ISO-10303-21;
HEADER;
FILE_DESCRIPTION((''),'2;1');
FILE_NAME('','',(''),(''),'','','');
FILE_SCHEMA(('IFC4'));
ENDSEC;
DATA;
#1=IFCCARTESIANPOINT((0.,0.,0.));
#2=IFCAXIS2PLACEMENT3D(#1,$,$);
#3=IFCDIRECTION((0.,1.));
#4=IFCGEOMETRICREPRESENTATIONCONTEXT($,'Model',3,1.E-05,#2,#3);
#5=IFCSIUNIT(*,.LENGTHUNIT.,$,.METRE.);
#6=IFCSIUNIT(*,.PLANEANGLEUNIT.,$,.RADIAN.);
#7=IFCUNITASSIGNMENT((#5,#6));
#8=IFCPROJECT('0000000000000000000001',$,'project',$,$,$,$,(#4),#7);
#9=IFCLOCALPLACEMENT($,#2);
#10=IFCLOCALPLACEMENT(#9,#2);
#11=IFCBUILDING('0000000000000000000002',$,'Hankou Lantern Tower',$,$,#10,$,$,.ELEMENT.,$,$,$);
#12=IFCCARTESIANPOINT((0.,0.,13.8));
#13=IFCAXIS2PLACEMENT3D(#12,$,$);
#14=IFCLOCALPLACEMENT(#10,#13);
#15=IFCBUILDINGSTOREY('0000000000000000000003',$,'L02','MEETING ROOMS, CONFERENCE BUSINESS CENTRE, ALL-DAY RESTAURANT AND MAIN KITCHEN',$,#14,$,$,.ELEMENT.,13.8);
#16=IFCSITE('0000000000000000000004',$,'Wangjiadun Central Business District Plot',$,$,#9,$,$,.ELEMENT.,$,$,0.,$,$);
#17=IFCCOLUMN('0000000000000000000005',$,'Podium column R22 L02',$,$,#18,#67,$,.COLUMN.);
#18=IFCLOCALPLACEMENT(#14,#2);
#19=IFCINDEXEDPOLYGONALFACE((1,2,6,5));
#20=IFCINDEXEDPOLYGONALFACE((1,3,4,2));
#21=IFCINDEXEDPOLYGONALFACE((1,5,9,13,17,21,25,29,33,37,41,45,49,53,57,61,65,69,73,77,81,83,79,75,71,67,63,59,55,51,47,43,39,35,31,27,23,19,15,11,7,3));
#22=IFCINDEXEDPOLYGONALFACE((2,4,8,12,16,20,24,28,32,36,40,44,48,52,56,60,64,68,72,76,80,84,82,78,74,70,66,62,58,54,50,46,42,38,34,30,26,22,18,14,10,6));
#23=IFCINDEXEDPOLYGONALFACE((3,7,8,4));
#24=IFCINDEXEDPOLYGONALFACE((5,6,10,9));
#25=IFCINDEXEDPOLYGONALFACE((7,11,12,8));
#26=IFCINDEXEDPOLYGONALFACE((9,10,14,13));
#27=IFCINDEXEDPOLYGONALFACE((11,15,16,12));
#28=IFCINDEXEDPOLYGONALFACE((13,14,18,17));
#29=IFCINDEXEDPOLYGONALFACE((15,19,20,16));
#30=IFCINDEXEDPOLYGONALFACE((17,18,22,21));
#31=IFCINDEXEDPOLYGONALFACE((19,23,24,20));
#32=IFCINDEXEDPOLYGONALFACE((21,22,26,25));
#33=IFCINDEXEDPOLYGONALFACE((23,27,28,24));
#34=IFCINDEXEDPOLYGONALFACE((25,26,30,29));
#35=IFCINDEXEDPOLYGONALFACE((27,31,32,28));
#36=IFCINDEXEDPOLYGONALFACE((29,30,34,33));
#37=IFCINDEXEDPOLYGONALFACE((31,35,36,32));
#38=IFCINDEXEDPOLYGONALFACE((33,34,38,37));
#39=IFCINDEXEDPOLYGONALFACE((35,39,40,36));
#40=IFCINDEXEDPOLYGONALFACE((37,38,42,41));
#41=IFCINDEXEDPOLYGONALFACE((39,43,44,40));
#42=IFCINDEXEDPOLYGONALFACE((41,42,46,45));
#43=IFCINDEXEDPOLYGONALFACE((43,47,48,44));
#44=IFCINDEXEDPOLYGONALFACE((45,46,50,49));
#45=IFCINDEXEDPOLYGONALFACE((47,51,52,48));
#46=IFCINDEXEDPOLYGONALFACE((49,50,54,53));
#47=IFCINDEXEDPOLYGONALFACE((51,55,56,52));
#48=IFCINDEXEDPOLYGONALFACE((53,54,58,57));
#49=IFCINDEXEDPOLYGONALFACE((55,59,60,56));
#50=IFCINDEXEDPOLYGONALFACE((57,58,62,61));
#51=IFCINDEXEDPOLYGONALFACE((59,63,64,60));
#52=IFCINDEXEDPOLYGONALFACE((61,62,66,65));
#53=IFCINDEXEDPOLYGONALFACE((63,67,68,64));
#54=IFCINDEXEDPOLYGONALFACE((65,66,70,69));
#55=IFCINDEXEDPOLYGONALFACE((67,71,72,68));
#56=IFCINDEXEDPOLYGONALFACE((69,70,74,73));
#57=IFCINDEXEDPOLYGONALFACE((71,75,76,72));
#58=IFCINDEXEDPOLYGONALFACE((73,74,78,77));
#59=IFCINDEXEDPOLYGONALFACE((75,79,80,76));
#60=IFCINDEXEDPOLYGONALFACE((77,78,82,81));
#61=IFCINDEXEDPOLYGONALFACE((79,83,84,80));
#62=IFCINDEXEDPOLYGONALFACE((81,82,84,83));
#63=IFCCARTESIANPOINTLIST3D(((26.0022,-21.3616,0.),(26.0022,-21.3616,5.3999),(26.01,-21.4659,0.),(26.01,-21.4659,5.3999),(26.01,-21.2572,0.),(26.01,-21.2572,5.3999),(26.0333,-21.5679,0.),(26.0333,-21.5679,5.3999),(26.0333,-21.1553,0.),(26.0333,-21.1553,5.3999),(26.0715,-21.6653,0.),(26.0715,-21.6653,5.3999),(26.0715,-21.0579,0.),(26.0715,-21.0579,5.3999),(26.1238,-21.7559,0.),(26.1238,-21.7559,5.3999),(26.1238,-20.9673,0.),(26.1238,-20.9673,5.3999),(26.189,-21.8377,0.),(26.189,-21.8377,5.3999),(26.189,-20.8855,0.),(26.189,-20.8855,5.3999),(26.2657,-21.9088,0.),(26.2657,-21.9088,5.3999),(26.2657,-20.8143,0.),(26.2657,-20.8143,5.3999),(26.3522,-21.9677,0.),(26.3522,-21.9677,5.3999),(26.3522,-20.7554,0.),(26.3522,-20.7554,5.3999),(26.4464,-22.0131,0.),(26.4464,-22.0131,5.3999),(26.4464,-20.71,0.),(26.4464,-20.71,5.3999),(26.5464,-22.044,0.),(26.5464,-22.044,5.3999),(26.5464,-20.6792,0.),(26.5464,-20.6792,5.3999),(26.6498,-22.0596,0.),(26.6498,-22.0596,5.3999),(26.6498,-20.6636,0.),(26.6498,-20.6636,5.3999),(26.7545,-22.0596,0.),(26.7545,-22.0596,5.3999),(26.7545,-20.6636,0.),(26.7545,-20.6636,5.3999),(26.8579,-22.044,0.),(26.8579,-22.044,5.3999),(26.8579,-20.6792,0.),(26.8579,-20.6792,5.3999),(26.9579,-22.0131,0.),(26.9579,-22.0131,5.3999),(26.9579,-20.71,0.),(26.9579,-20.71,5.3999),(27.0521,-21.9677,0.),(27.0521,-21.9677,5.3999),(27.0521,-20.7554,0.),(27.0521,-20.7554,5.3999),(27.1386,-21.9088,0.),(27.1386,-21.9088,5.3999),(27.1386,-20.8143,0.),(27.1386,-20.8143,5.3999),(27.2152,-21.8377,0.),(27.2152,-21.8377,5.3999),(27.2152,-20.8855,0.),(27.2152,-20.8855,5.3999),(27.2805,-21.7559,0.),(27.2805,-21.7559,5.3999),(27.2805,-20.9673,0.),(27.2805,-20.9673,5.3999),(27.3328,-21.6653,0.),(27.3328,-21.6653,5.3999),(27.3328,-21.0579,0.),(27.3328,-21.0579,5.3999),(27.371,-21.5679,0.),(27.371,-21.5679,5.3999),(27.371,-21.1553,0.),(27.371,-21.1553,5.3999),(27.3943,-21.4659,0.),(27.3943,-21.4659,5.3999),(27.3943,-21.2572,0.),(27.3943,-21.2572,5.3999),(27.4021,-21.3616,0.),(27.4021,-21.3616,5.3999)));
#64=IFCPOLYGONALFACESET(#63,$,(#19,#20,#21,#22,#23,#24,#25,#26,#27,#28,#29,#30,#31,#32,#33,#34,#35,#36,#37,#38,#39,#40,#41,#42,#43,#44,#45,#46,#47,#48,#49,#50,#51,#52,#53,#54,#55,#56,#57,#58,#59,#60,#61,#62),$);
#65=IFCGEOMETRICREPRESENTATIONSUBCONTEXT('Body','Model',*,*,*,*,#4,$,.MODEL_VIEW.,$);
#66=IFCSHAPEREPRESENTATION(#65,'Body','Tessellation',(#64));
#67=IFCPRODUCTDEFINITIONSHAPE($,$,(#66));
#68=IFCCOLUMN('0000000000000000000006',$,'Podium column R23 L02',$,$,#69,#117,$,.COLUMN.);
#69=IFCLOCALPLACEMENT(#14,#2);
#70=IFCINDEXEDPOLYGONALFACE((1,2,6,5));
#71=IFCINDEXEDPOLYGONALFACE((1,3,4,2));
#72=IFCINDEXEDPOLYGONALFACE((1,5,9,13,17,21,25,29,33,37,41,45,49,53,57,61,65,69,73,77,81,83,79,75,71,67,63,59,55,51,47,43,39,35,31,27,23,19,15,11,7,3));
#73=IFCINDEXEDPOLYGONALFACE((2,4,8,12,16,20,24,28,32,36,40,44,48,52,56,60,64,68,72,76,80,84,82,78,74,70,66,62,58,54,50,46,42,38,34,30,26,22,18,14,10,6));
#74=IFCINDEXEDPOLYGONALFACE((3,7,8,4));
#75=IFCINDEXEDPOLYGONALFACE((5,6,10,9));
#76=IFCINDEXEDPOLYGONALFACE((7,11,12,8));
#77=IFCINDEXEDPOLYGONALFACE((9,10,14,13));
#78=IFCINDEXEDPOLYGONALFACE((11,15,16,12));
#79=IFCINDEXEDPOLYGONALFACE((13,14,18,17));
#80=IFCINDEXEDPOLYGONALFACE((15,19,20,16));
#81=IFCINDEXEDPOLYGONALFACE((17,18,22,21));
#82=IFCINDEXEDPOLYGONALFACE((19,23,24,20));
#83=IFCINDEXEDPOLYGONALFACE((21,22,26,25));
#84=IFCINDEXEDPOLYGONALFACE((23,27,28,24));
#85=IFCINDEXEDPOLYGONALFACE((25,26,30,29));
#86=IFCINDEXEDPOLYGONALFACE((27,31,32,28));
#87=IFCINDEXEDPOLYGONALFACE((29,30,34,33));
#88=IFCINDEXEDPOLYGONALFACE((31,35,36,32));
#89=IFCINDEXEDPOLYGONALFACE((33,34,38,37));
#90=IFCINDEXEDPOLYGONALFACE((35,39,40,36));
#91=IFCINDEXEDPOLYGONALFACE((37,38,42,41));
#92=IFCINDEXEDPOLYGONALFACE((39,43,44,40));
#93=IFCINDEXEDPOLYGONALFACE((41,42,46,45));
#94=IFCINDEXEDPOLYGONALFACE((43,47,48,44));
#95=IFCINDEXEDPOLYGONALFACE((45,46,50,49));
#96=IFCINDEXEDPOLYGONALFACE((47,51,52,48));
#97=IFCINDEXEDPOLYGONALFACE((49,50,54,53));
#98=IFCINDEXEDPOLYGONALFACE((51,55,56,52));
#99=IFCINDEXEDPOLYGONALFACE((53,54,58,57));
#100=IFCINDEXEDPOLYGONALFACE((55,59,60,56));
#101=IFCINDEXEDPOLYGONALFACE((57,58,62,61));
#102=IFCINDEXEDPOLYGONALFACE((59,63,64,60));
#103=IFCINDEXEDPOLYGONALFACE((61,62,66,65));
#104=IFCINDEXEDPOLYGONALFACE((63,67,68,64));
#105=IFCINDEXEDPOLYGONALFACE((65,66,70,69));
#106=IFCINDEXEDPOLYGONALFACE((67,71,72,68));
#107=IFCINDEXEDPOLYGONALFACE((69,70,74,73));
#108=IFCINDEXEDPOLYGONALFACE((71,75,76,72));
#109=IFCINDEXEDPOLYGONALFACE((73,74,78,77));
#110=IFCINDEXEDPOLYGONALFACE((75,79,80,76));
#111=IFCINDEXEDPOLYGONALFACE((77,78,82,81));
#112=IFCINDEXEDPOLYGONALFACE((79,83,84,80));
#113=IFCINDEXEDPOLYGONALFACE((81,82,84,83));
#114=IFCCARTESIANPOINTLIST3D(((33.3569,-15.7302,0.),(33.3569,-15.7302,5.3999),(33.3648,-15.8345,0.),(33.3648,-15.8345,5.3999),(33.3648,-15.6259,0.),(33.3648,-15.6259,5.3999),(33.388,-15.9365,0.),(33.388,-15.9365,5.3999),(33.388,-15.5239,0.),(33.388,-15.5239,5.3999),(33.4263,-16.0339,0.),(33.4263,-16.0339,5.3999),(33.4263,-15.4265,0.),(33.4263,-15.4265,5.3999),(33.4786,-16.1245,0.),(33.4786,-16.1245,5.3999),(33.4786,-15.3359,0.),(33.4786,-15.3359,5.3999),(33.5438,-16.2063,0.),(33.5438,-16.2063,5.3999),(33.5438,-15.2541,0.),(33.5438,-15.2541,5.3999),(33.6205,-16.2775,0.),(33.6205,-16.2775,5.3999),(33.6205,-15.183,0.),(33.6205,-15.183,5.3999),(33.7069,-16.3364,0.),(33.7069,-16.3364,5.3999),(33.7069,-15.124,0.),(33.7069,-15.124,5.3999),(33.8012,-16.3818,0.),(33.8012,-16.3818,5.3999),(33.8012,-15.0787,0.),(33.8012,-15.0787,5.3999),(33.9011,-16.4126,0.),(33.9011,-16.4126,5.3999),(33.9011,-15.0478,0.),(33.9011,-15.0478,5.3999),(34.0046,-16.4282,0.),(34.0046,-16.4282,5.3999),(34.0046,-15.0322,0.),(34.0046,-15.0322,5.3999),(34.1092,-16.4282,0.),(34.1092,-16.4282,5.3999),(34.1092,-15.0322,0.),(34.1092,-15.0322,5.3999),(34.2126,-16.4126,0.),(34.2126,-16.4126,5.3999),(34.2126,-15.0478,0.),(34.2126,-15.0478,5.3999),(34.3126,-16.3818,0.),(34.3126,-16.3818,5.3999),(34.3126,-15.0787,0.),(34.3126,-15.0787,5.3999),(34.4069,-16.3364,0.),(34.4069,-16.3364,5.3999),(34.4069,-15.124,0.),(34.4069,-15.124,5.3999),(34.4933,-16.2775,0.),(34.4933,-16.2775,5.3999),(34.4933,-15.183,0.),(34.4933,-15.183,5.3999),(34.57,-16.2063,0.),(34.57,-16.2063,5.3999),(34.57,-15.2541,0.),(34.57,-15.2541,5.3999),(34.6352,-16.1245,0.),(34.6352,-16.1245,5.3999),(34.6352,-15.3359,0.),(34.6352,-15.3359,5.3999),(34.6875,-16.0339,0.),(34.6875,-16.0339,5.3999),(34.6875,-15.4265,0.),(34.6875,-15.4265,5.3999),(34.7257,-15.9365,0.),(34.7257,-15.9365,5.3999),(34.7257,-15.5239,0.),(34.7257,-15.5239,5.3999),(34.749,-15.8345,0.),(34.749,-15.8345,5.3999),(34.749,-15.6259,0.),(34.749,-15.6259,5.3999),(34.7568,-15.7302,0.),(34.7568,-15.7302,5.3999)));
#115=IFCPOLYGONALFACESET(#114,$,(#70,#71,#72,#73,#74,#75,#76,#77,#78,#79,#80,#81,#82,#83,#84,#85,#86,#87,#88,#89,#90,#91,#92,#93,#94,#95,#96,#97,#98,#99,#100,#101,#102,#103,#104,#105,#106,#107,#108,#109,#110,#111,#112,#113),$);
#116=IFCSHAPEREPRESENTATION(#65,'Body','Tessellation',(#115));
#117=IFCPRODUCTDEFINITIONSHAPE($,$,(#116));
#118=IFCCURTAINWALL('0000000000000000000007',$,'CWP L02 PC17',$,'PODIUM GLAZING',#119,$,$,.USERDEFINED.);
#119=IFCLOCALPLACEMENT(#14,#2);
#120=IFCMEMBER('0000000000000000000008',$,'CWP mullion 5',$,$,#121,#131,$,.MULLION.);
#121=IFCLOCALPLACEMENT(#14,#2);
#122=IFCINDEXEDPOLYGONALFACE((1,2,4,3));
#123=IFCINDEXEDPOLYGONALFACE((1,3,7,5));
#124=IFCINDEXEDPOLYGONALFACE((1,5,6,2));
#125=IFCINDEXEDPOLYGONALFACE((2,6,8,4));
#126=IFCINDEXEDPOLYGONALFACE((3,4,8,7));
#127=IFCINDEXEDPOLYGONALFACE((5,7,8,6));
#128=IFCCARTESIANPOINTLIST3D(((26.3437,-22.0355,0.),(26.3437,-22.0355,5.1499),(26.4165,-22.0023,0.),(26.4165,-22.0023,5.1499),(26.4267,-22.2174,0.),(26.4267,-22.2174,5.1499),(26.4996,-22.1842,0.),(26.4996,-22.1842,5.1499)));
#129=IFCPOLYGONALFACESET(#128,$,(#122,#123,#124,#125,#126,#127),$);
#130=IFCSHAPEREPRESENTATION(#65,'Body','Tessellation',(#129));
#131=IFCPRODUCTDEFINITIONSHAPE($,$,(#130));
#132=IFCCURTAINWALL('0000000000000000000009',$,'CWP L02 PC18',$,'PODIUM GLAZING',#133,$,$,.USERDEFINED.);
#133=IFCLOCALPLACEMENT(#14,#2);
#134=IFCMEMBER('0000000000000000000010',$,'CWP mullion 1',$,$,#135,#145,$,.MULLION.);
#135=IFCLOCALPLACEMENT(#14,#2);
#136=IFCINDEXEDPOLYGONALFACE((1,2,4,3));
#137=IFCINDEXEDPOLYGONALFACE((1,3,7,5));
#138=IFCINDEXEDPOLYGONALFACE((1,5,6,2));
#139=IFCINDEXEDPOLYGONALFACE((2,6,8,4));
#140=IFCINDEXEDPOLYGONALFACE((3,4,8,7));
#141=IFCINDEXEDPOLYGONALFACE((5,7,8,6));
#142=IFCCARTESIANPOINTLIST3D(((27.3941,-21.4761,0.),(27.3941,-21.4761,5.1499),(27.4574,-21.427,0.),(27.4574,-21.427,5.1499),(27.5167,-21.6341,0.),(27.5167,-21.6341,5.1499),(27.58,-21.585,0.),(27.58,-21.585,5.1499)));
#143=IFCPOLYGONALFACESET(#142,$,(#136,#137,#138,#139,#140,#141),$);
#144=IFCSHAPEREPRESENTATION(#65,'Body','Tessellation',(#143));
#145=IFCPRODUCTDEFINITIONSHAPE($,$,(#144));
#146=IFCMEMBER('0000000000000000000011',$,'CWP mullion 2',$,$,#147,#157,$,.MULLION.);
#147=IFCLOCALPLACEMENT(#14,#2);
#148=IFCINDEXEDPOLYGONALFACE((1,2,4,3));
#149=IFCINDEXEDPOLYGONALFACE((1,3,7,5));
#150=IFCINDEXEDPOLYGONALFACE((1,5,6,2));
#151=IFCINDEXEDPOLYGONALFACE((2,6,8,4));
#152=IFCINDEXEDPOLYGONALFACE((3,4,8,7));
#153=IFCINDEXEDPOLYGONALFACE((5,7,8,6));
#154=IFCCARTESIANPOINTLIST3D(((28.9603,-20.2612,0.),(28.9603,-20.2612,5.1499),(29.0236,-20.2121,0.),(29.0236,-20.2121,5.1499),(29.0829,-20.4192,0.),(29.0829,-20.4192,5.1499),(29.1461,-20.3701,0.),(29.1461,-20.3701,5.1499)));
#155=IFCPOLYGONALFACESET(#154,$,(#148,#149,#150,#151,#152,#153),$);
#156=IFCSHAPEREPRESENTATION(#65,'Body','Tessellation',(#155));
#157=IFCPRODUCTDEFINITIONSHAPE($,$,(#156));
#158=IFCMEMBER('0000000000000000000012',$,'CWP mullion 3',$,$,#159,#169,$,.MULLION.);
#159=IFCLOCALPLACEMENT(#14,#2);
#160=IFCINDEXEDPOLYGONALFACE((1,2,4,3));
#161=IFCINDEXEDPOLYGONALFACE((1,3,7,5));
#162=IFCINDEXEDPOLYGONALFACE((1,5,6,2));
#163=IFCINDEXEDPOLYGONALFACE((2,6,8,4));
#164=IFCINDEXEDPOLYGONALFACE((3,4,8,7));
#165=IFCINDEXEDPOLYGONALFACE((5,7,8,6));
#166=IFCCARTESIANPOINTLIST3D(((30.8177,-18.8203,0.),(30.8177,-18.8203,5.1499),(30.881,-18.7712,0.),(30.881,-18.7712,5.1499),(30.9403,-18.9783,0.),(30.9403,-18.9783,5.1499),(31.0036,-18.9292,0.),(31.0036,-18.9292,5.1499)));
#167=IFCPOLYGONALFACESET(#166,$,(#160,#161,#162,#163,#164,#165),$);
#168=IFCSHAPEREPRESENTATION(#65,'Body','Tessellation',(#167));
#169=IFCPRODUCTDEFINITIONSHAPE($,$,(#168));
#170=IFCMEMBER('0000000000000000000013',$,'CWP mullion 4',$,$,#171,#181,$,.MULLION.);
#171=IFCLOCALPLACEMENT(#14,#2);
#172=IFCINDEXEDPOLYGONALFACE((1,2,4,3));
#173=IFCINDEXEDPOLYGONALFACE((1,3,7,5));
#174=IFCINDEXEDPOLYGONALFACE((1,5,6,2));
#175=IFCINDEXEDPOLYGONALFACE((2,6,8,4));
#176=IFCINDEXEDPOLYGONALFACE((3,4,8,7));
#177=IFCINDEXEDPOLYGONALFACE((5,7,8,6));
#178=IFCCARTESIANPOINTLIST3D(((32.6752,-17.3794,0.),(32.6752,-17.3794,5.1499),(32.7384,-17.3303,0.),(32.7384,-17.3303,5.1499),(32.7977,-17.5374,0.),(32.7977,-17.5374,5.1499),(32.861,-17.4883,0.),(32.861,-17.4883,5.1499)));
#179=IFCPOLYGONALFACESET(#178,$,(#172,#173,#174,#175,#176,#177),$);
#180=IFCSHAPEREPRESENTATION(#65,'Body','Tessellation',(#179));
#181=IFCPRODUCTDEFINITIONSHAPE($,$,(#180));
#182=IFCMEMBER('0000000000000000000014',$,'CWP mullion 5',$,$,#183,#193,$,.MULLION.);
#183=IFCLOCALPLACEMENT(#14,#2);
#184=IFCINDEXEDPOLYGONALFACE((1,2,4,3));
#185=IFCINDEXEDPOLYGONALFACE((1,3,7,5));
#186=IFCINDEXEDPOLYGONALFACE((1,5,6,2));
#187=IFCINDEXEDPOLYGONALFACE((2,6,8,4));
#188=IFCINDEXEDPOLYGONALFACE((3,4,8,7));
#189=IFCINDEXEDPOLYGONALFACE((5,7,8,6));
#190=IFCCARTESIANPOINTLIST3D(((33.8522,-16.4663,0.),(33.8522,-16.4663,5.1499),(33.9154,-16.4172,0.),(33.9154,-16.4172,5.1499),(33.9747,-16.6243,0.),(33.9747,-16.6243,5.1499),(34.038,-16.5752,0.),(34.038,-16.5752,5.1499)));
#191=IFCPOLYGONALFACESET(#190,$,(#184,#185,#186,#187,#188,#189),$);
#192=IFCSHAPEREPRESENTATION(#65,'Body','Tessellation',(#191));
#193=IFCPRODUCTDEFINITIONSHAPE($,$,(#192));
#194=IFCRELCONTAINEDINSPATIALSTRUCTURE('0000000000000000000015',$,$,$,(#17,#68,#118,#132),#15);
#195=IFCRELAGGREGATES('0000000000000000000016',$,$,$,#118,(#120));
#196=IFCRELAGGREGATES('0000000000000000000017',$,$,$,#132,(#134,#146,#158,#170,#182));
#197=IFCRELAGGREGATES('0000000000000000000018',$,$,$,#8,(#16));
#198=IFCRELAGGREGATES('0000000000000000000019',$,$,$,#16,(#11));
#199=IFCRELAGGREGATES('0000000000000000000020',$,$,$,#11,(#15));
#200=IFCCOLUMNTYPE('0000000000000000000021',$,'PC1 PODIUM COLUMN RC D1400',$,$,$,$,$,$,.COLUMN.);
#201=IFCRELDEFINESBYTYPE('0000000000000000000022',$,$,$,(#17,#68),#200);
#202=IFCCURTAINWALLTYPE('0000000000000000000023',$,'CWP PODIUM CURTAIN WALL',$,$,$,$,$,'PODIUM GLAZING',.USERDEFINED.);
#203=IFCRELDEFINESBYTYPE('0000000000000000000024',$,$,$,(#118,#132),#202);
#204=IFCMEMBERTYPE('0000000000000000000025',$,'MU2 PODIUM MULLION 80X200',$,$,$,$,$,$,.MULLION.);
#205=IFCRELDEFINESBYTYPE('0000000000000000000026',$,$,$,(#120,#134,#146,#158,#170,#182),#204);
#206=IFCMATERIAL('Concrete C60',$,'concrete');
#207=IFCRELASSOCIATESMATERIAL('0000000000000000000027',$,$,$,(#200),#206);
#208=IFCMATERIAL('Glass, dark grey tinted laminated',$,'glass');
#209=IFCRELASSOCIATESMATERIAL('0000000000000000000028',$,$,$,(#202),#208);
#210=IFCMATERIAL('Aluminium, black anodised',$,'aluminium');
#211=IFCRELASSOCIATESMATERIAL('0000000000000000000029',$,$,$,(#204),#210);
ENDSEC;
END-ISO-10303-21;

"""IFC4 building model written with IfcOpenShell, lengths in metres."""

from ifc_helpers import new_model, si_unit, direction, frame, origin, origin_2d, place, context, subcontext, project, spatial, rectangle, circle, extrude, material, material_profile, profile_set, type_object, element, aggregate, save


model = new_model("IFC4")

# Units and contexts
model_context = context("Model", 3, precision=1e-05, world=origin(), true_north=direction((0.0, 1.0)))
body_context = subcontext(model_context, "Body", "Model", "MODEL_VIEW")
ifc_project = project(units=[si_unit("LENGTHUNIT", "METRE"), si_unit("PLANEANGLEUNIT", "RADIAN")], contexts=[model_context])

# Site, building, storey
site_placement = place(None, origin())
site = spatial("IfcSite", under=ifc_project, at=site_placement, Name="Wangjiadun Central Business District Plot", CompositionType="ELEMENT", RefElevation=0.0)
building_placement = place(site_placement, origin())
building = spatial("IfcBuilding", under=site, at=building_placement, Name="Hankou Lantern Tower", CompositionType="ELEMENT")
storey_placement = place(building_placement, frame((0.0, 0.0, 13.8)))
storey = spatial("IfcBuildingStorey", under=building, at=storey_placement, Name="L02", Description="MEETING ROOMS, CONFERENCE BUSINESS CENTRE, ALL-DAY RESTAURANT AND MAIN KITCHEN", CompositionType="ELEMENT", Elevation=13.8)

# Columns
ifc_material_1 = material(Name="Concrete C60", Category="concrete")
ifc_material_profile_1 = material_profile(ifc_material_1, circle(Radius=0.7, at=origin_2d()), Name="RC D1400")
ifc_profile_set_1 = profile_set([ifc_material_profile_1], Name="Concrete C60")
column_type = type_object("IfcColumnType", Name="PC1 PODIUM COLUMN RC D1400", PredefinedType="COLUMN", material=ifc_profile_set_1)
for number, where, z_axis, x_axis, name in (
    (1, (26.7021, -21.3616, 0.0), (0.0, 0.0, 1.0), (1.0, 0.0, 0.0), "Podium column R22 L02"),
    (2, (34.0569, -15.7302, 0.0), (0.0, 0.0, 1.0), (1.0, 0.0, 0.0), "Podium column R23 L02"),
):
    element("IfcColumn", number, at=place(storey_placement, frame(where, z_axis=z_axis, x_axis=x_axis)), inside=storey, type_object=column_type, Name=name, PredefinedType="COLUMN", context=body_context, shape_type="SweptSolid", body=[
        extrude(circle(Radius=0.7, at=origin_2d()), origin(), (0.0, 0.0, 1.0), 5.3999),
    ])

# Curtain wall, member
ifc_material_2 = material(Name="Glass, dark grey tinted laminated", Category="glass")
curtain_wall_type = type_object("IfcCurtainWallType", Name="CWP PODIUM CURTAIN WALL", ElementType="PODIUM GLAZING", PredefinedType="USERDEFINED", material=ifc_material_2)
curtain_wall_1_placement = place(storey_placement, origin())
curtain_wall_1 = element("IfcCurtainWall", 3, at=curtain_wall_1_placement, inside=storey, type_object=curtain_wall_type, Name="CWP L02 PC17", ObjectType="PODIUM GLAZING", PredefinedType="USERDEFINED")
ifc_material_3 = material(Name="Aluminium, black anodised", Category="aluminium")
ifc_material_profile_2 = material_profile(ifc_material_3, rectangle(XDim=0.0801, YDim=0.2, at=origin_2d()), Name="MU2 80X200")
ifc_profile_set_2 = profile_set([ifc_material_profile_2], Name="Aluminium, black anodised")
member_type_1 = type_object("IfcMemberType", Name="MU2 PODIUM MULLION 80X200", PredefinedType="MULLION", material=ifc_profile_set_2)
member_1_placement = place(storey_placement, frame((26.4216, -22.1099, 0.0), z_axis=(0.0, 0.0, 1.0), x_axis=(0.90967, 0.415332, 0.0)))
member_1 = element("IfcMember", 4, at=member_1_placement, type_object=member_type_1, Name="CWP mullion 5", PredefinedType="MULLION", context=body_context, shape_type="SweptSolid", body=[
    extrude(rectangle(XDim=0.0801, YDim=0.2, at=origin_2d()), origin(), (0.0, 0.0, 1.0), 5.1499),
])

# Curtain wall, members
curtain_wall_2_placement = place(storey_placement, origin())
curtain_wall_2 = element("IfcCurtainWall", 5, at=curtain_wall_2_placement, inside=storey, type_object=curtain_wall_type, Name="CWP L02 PC18", ObjectType="PODIUM GLAZING", PredefinedType="USERDEFINED")
member_2_placement = place(storey_placement, frame((27.4871, -21.5305, 0.0), z_axis=(0.0, 0.0, 1.0), x_axis=(0.79013, 0.61294, 0.0)))
member_2 = element("IfcMember", 6, at=member_2_placement, type_object=member_type_1, Name="CWP mullion 1", PredefinedType="MULLION", context=body_context, shape_type="SweptSolid", body=[
    extrude(rectangle(XDim=0.0801, YDim=0.2, at=origin_2d()), origin(), (0.0, 0.0, 1.0), 5.1499),
])
member_3_placement = place(storey_placement, frame((29.0532, -20.3157, 0.0), z_axis=(0.0, 0.0, 1.0), x_axis=(0.79013, 0.61294, 0.0)))
member_3 = element("IfcMember", 7, at=member_3_placement, type_object=member_type_1, Name="CWP mullion 2", PredefinedType="MULLION", context=body_context, shape_type="SweptSolid", body=[
    extrude(rectangle(XDim=0.0801, YDim=0.2, at=origin_2d()), origin(), (0.0, 0.0, 1.0), 5.1499),
])
member_4_placement = place(storey_placement, frame((30.9106, -18.8748, 0.0), z_axis=(0.0, 0.0, 1.0), x_axis=(0.79013, 0.61294, 0.0)))
member_4 = element("IfcMember", 8, at=member_4_placement, type_object=member_type_1, Name="CWP mullion 3", PredefinedType="MULLION", context=body_context, shape_type="SweptSolid", body=[
    extrude(rectangle(XDim=0.0801, YDim=0.2, at=origin_2d()), origin(), (0.0, 0.0, 1.0), 5.1499),
])
member_5_placement = place(storey_placement, frame((32.7681, -17.4338, 0.0), z_axis=(0.0, 0.0, 1.0), x_axis=(0.79013, 0.61294, 0.0)))
member_5 = element("IfcMember", 9, at=member_5_placement, type_object=member_type_1, Name="CWP mullion 4", PredefinedType="MULLION", context=body_context, shape_type="SweptSolid", body=[
    extrude(rectangle(XDim=0.0801, YDim=0.2, at=origin_2d()), origin(), (0.0, 0.0, 1.0), 5.1499),
])
member_6_placement = place(storey_placement, frame((33.9451, -16.5208, 0.0), z_axis=(0.0, 0.0, 1.0), x_axis=(0.79013, 0.61294, 0.0)))
member_6 = element("IfcMember", 10, at=member_6_placement, type_object=member_type_1, Name="CWP mullion 5", PredefinedType="MULLION", context=body_context, shape_type="SweptSolid", body=[
    extrude(rectangle(XDim=0.0801, YDim=0.2, at=origin_2d()), origin(), (0.0, 0.0, 1.0), 5.1499),
])

aggregate(curtain_wall_1, [member_1])
aggregate(curtain_wall_2, [member_2, member_3, member_4, member_5, member_6])

save(model, "model.ifc")
